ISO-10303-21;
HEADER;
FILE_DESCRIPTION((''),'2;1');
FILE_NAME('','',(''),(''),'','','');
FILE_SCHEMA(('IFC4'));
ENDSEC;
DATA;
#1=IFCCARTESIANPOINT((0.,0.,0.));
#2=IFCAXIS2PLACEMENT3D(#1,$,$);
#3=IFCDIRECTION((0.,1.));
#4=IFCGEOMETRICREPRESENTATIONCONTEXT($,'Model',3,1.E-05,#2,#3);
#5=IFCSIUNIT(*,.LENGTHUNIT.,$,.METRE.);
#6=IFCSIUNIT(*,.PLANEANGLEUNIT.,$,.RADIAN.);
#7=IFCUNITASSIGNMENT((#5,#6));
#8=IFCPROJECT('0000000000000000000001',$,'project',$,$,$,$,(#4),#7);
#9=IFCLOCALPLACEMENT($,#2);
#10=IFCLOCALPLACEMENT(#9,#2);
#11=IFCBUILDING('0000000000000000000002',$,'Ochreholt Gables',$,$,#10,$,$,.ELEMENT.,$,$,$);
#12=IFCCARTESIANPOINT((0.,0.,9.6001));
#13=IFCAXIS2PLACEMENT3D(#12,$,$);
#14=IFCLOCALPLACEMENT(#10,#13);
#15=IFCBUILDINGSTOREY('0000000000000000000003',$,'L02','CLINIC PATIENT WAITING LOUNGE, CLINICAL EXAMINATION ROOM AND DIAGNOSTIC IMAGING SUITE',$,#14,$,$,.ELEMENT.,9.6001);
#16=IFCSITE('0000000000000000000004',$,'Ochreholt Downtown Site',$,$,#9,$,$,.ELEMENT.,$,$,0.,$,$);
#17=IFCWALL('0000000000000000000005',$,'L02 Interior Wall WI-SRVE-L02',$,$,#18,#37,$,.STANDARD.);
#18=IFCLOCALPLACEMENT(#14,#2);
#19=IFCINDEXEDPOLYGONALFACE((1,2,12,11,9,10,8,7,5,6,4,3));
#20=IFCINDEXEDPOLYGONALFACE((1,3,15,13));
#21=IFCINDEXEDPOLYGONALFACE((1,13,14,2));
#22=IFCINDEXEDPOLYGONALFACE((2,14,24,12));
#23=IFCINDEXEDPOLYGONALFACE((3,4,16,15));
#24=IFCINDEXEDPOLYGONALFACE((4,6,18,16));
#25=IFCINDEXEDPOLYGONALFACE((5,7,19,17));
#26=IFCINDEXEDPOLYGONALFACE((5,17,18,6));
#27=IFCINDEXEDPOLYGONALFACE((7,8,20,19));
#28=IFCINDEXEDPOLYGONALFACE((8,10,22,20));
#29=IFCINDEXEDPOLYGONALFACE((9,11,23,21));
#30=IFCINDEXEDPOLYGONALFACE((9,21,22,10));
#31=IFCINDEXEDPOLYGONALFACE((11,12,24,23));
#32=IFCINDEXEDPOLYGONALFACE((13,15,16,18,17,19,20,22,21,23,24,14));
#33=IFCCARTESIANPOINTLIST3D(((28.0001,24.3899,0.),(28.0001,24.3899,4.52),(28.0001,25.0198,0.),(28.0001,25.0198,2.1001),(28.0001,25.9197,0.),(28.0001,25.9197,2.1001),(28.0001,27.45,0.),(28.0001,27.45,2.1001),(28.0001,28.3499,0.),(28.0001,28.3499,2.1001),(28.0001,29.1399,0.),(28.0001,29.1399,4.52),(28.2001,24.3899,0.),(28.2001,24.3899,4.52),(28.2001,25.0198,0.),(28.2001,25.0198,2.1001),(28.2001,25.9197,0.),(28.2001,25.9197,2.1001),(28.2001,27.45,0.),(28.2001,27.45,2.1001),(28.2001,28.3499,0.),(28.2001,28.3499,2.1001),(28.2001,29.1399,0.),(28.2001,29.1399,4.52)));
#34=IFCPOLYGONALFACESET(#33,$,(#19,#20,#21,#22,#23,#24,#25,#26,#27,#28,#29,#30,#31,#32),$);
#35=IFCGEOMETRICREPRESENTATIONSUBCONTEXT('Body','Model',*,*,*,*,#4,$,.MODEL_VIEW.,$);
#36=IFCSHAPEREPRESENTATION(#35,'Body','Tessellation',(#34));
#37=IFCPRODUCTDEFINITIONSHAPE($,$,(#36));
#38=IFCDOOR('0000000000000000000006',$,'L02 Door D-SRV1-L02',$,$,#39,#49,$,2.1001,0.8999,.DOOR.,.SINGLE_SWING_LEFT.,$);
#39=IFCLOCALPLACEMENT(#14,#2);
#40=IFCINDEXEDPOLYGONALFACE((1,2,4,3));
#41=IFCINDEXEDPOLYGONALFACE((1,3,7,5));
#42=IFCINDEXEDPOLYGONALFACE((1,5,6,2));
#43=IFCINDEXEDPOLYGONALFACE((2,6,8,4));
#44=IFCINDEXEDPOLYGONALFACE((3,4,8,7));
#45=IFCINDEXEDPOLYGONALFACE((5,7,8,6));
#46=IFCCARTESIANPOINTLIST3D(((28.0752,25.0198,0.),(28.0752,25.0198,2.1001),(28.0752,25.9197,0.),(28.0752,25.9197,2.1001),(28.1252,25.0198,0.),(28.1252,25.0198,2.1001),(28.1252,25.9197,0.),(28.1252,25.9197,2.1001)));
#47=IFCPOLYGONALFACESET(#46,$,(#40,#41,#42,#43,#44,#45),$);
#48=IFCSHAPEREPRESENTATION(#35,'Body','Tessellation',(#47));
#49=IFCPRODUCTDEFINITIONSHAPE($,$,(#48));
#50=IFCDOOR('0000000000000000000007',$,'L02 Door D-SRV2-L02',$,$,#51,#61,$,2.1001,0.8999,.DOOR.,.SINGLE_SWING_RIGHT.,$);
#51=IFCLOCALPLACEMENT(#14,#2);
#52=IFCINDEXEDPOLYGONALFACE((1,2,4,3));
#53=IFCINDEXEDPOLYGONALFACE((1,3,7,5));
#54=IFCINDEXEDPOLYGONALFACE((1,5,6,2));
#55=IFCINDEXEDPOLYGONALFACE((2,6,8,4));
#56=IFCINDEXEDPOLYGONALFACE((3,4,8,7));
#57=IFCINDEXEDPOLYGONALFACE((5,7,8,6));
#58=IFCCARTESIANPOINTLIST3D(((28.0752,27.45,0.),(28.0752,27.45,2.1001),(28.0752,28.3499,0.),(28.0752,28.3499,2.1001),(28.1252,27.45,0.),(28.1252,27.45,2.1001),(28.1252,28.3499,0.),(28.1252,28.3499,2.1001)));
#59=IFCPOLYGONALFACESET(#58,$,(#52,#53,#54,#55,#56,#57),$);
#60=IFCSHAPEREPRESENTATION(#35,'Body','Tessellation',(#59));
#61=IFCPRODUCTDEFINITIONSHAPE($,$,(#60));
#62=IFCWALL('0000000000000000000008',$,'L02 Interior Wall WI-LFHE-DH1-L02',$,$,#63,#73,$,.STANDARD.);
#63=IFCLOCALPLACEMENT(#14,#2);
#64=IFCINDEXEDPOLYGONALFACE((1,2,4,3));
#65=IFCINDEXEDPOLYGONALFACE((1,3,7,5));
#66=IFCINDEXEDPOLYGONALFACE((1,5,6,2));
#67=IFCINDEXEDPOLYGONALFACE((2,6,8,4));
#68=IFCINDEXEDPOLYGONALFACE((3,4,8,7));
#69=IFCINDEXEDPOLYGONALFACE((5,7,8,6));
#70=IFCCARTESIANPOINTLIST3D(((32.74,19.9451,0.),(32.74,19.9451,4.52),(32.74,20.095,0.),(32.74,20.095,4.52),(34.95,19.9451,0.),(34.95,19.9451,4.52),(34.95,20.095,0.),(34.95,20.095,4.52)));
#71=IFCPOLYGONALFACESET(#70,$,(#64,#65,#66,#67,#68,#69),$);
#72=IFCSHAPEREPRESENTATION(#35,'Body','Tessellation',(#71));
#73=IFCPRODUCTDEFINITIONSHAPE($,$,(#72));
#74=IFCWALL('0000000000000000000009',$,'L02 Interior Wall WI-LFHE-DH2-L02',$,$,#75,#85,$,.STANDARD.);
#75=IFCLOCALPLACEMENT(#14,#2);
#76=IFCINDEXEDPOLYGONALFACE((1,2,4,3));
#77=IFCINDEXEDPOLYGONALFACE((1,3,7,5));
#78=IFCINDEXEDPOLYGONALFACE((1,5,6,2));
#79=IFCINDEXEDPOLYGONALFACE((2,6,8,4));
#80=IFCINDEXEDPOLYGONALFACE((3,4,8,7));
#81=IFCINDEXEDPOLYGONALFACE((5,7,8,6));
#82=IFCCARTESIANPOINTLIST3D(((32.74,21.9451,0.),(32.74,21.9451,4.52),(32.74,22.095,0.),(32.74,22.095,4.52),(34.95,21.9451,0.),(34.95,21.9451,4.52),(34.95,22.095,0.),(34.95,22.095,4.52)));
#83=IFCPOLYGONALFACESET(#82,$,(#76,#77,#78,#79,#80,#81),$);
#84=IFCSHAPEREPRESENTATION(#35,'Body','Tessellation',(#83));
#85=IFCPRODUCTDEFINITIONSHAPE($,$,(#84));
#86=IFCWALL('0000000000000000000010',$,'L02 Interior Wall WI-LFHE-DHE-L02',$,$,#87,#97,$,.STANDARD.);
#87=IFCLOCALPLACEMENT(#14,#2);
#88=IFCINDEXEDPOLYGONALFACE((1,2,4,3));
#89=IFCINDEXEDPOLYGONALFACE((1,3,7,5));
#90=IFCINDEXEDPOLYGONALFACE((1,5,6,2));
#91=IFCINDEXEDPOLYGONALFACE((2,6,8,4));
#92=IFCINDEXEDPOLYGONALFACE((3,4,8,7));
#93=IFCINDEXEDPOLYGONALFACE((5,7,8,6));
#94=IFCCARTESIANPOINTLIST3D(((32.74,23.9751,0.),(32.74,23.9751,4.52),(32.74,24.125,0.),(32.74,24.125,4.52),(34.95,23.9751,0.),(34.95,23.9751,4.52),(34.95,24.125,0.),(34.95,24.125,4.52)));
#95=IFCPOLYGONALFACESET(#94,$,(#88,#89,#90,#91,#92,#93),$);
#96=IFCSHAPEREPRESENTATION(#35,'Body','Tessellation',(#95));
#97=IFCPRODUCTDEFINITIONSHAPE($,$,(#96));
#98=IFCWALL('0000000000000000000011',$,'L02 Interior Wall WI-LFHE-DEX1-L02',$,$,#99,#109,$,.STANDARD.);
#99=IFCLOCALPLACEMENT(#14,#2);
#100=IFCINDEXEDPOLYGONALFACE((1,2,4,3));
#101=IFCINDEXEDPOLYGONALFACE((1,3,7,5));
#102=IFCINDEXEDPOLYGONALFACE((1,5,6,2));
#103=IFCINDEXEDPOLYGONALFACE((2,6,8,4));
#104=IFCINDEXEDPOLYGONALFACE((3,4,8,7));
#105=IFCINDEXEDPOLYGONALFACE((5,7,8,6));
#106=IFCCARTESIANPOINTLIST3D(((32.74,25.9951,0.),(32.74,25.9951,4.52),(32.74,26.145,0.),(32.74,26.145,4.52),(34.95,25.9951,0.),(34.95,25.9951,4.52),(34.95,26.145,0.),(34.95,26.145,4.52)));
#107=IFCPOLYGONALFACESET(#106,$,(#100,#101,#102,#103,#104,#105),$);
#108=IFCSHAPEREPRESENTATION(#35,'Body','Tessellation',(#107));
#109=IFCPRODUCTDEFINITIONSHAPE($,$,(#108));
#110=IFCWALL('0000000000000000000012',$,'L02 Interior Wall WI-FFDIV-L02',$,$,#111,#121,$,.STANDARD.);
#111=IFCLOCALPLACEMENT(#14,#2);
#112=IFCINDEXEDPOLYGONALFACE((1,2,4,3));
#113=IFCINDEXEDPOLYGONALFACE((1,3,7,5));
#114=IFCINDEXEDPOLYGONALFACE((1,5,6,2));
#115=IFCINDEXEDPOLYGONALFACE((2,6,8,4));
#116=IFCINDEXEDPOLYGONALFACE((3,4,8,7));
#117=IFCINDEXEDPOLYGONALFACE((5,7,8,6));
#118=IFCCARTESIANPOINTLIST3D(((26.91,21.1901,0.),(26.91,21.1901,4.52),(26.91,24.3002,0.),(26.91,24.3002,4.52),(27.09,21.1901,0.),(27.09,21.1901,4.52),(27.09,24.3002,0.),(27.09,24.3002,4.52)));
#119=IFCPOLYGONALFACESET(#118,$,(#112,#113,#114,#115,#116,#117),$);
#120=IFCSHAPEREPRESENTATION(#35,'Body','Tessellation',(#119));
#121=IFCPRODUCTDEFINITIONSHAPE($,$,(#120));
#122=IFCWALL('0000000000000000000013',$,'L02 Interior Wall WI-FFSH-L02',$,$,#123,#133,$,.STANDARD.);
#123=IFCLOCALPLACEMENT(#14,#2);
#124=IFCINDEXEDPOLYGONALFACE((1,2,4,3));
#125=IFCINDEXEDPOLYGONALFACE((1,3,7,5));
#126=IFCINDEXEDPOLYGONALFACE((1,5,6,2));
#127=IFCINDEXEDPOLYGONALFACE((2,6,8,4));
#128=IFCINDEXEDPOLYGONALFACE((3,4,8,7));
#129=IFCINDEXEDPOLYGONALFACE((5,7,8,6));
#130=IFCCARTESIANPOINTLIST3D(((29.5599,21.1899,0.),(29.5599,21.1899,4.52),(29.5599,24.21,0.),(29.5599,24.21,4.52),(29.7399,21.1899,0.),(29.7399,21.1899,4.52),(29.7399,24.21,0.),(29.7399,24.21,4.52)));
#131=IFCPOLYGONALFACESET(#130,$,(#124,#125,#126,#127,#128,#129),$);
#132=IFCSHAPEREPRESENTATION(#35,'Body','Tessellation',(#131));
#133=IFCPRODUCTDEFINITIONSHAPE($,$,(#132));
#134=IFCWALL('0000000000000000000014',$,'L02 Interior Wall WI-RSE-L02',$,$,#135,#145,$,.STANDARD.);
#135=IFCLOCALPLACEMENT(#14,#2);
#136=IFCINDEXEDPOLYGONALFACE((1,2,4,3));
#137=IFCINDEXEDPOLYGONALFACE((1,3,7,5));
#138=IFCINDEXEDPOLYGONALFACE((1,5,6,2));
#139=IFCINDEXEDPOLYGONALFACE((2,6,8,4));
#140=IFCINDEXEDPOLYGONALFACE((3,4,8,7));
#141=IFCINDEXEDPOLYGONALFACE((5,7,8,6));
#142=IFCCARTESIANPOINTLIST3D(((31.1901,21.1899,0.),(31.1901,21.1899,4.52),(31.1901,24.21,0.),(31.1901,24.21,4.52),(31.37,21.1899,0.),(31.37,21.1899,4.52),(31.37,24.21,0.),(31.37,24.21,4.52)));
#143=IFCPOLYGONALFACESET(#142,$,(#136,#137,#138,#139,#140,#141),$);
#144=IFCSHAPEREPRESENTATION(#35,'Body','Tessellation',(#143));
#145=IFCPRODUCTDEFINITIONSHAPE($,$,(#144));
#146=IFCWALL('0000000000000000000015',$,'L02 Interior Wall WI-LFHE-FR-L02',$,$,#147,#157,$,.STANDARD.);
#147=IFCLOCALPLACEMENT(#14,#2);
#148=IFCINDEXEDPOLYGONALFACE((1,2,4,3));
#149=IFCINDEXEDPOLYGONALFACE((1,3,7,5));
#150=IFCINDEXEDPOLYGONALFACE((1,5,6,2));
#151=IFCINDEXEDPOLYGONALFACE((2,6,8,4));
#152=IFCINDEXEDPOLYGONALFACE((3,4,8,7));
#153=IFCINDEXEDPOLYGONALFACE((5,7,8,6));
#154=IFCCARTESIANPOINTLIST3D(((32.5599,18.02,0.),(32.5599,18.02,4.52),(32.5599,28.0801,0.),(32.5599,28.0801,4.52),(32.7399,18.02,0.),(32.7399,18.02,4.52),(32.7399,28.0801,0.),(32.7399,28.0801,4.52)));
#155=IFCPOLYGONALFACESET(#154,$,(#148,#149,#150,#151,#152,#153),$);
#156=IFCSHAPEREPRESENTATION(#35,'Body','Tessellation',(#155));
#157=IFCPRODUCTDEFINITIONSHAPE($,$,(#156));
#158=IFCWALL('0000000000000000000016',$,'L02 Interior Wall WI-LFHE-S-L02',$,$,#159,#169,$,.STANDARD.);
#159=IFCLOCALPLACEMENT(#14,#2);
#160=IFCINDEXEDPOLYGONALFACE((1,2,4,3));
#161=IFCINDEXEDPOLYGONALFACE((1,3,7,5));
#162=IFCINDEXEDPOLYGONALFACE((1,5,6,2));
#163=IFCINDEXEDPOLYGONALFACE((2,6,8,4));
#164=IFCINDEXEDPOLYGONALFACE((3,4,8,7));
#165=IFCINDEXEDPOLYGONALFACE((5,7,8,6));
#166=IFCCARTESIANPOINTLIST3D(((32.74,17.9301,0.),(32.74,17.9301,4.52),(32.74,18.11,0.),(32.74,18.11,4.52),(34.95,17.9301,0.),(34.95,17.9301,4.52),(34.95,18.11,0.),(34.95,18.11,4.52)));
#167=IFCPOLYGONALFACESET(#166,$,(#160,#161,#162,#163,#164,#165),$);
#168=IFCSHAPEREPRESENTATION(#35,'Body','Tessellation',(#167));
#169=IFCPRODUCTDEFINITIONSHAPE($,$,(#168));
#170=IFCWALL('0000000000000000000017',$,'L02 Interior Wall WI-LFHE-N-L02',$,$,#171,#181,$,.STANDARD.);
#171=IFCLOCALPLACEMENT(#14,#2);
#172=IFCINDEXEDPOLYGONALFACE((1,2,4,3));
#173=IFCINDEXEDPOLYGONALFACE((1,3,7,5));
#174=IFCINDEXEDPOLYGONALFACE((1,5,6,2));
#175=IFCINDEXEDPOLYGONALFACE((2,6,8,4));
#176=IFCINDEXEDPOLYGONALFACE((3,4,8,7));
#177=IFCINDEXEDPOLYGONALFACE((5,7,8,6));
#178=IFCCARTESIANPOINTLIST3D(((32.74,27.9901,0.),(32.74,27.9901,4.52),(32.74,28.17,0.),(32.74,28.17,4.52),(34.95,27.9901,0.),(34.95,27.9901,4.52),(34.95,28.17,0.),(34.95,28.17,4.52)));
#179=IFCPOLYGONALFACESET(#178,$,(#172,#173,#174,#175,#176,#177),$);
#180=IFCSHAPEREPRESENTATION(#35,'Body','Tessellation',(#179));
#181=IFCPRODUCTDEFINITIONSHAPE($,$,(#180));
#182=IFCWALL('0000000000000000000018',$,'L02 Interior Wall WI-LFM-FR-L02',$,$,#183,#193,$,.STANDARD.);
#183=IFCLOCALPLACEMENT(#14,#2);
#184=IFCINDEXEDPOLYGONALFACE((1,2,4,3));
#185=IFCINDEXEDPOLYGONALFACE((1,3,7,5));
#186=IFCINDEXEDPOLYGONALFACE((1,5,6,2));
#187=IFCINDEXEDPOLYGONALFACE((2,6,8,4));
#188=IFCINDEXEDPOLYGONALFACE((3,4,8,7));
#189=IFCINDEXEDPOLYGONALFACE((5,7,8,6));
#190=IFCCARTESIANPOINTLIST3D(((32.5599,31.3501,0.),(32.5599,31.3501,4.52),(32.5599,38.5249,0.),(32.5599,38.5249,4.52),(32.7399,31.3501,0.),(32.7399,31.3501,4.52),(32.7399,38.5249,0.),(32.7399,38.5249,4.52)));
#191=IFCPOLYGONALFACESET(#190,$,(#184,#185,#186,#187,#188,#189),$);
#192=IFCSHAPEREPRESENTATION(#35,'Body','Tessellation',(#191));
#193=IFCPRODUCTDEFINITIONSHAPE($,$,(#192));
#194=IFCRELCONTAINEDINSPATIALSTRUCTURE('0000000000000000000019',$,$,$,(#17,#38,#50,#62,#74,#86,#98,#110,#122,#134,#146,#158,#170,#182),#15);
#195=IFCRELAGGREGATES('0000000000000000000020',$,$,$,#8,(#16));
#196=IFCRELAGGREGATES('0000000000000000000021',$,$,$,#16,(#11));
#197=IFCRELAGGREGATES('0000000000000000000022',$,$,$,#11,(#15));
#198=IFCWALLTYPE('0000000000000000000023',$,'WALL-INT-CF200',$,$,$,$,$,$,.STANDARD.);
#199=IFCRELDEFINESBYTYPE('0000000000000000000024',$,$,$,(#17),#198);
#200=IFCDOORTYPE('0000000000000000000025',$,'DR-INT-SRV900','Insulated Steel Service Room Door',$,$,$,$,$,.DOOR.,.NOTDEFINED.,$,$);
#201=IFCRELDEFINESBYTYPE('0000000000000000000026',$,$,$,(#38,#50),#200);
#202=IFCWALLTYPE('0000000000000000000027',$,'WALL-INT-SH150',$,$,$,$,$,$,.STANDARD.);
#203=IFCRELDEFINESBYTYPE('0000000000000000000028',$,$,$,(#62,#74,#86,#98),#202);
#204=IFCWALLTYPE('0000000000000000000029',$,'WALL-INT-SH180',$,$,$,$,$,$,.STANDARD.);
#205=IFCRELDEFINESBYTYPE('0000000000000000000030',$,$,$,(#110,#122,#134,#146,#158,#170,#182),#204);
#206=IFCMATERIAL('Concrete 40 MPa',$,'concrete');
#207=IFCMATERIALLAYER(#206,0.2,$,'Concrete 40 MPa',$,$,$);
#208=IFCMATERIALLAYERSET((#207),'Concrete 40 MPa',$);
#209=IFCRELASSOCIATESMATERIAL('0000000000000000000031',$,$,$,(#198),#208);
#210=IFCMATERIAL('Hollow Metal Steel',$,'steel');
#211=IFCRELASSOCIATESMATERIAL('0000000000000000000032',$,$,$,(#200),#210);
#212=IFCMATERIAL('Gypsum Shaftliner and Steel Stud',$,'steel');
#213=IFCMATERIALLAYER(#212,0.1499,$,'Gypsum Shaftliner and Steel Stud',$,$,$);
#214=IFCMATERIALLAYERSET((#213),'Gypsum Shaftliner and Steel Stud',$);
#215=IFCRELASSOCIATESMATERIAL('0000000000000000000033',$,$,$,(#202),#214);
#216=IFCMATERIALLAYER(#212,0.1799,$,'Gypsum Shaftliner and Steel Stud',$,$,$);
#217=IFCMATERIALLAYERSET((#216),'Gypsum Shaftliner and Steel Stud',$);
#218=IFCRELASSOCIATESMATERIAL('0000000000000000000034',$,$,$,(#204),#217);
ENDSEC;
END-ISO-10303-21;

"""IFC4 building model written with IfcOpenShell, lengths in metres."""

from ifc_helpers import new_model, si_unit, direction, frame, frame_2d, origin, place, context, subcontext, project, spatial, rectangle, extrude, material, layer, layer_set, type_object, element, fill, save


model = new_model("IFC4")

# Units and contexts
model_context = context("Model", 3, precision=1e-05, world=origin(), true_north=direction((0.0, 1.0)))
body_context = subcontext(model_context, "Body", "Model", "MODEL_VIEW")
ifc_project = project(units=[si_unit("LENGTHUNIT", "METRE"), si_unit("PLANEANGLEUNIT", "RADIAN")], contexts=[model_context])

# Site, building, storey
site_placement = place(None, origin())
site = spatial("IfcSite", under=ifc_project, at=site_placement, Name="Ochreholt Downtown Site", CompositionType="ELEMENT", RefElevation=0.0)
building_placement = place(site_placement, origin())
building = spatial("IfcBuilding", under=site, at=building_placement, Name="Ochreholt Gables", CompositionType="ELEMENT")
storey_placement = place(building_placement, frame((0.0, 0.0, 9.6001)))
storey = spatial("IfcBuildingStorey", under=building, at=storey_placement, Name="L02", Description="CLINIC PATIENT WAITING LOUNGE, CLINICAL EXAMINATION ROOM AND DIAGNOSTIC IMAGING SUITE", CompositionType="ELEMENT", Elevation=9.6001)

# Wall, openings, doors
ifc_material_1 = material(Name="Concrete 40 MPa", Category="concrete")
ifc_layer_1 = layer(ifc_material_1, 0.2, Name="Concrete 40 MPa")
ifc_layer_set_1 = layer_set([ifc_layer_1], Name="Concrete 40 MPa")
wall_type_1 = type_object("IfcWallType", Name="WALL-INT-CF200", PredefinedType="STANDARD", material=ifc_layer_set_1)
wall_1_placement = place(storey_placement, frame((28.1001, 24.3899, 0.0), z_axis=(0.0, 0.0, 1.0), x_axis=(0.0, 1.0, 0.0)))
wall_1 = element("IfcWall", 1, at=wall_1_placement, inside=storey, type_object=wall_type_1, Name="L02 Interior Wall WI-SRVE-L02", PredefinedType="STANDARD", context=body_context, shape_type="SweptSolid", body=[
    extrude(rectangle(XDim=4.75, YDim=0.2, at=frame_2d((2.375, 0.0))), origin(), (0.0, 0.0, 1.0), 4.52),
])
opening_1_placement = place(wall_1_placement, frame((0.6299, 0.0, 0.0)))
opening_1 = element("IfcOpeningElement", 2, at=opening_1_placement, cuts=wall_1, PredefinedType="OPENING", context=body_context, shape_type="SweptSolid", body=[
    extrude(rectangle(XDim=0.8999, YDim=2.1001, at=frame_2d((0.45, 1.05))), frame((0.0, 0.1099, 0.0), z_axis=(0.0, -1.0, 0.0), x_axis=(1.0, 0.0, 0.0)), (0.0, 0.0, 1.0), 0.22),
])
opening_2_placement = place(wall_1_placement, frame((3.0601, 0.0, 0.0)))
opening_2 = element("IfcOpeningElement", 3, at=opening_2_placement, cuts=wall_1, PredefinedType="OPENING", context=body_context, shape_type="SweptSolid", body=[
    extrude(rectangle(XDim=0.8999, YDim=2.1001, at=frame_2d((0.45, 1.05))), frame((0.0, 0.1099, 0.0), z_axis=(0.0, -1.0, 0.0), x_axis=(1.0, 0.0, 0.0)), (0.0, 0.0, 1.0), 0.22),
])
ifc_material_2 = material(Name="Hollow Metal Steel", Category="steel")
door_type_1 = type_object("IfcDoorType", Name="DR-INT-SRV900", Description="Insulated Steel Service Room Door", OperationType="NOTDEFINED", PredefinedType="DOOR", material=ifc_material_2)
door_1_placement = place(opening_1_placement, origin())
door_1 = element("IfcDoor", 4, at=door_1_placement, inside=storey, type_object=door_type_1, Name="L02 Door D-SRV1-L02", OperationType="SINGLE_SWING_LEFT", OverallHeight=2.1001, OverallWidth=0.8999, PredefinedType="DOOR", context=body_context, shape_type="SweptSolid", body=[
    extrude(rectangle(XDim=0.8999, YDim=2.1001, at=frame_2d((0.45, 1.05))), frame((0.0, 0.0249, 0.0), z_axis=(0.0, -1.0, 0.0), x_axis=(1.0, 0.0, 0.0)), (0.0, 0.0, 1.0), 0.05),
])
fill(opening_1, door_1)
door_2_placement = place(opening_2_placement, origin())
door_2 = element("IfcDoor", 5, at=door_2_placement, inside=storey, type_object=door_type_1, Name="L02 Door D-SRV2-L02", OperationType="SINGLE_SWING_RIGHT", OverallHeight=2.1001, OverallWidth=0.8999, PredefinedType="DOOR", context=body_context, shape_type="SweptSolid", body=[
    extrude(rectangle(XDim=0.8999, YDim=2.1001, at=frame_2d((0.45, 1.05))), frame((0.0, 0.0249, 0.0), z_axis=(0.0, -1.0, 0.0), x_axis=(1.0, 0.0, 0.0)), (0.0, 0.0, 1.0), 0.05),
])
fill(opening_2, door_2)

# Walls
ifc_material_3 = material(Name="Gypsum Shaftliner and Steel Stud", Category="steel")
ifc_layer_2 = layer(ifc_material_3, 0.1499, Name="Gypsum Shaftliner and Steel Stud")
ifc_layer_set_2 = layer_set([ifc_layer_2], Name="Gypsum Shaftliner and Steel Stud")
wall_type_2 = type_object("IfcWallType", Name="WALL-INT-SH150", PredefinedType="STANDARD", material=ifc_layer_set_2)
for number, where, z_axis, x_axis, name in (
    (6, (32.74, 20.02, 0.0), (0.0, 0.0, 1.0), (1.0, 0.0, 0.0), "L02 Interior Wall WI-LFHE-DH1-L02"),
    (7, (32.74, 22.02, 0.0), (0.0, 0.0, 1.0), (1.0, 0.0, 0.0), "L02 Interior Wall WI-LFHE-DH2-L02"),
    (8, (32.74, 24.05, 0.0), (0.0, 0.0, 1.0), (1.0, 0.0, 0.0), "L02 Interior Wall WI-LFHE-DHE-L02"),
    (9, (32.74, 26.0701, 0.0), (0.0, 0.0, 1.0), (1.0, 0.0, 0.0), "L02 Interior Wall WI-LFHE-DEX1-L02"),
):
    element("IfcWall", number, at=place(storey_placement, frame(where, z_axis=z_axis, x_axis=x_axis)), inside=storey, type_object=wall_type_2, Name=name, PredefinedType="STANDARD", context=body_context, shape_type="SweptSolid", body=[
        extrude(rectangle(XDim=2.21, YDim=0.1499, at=frame_2d((1.105, 0.0))), origin(), (0.0, 0.0, 1.0), 4.52),
    ])
ifc_layer_3 = layer(ifc_material_3, 0.1799, Name="Gypsum Shaftliner and Steel Stud")
ifc_layer_set_3 = layer_set([ifc_layer_3], Name="Gypsum Shaftliner and Steel Stud")
wall_type_3 = type_object("IfcWallType", Name="WALL-INT-SH180", PredefinedType="STANDARD", material=ifc_layer_set_3)
wall_2_placement = place(storey_placement, frame((27.0, 21.1899, 0.0), z_axis=(0.0, 0.0, 1.0), x_axis=(0.0, 1.0, 0.0)))
element("IfcWall", 10, at=wall_2_placement, inside=storey, type_object=wall_type_3, Name="L02 Interior Wall WI-FFDIV-L02", PredefinedType="STANDARD", context=body_context, shape_type="SweptSolid", body=[
    extrude(rectangle(XDim=3.1101, YDim=0.1799, at=frame_2d((1.5552, 0.0))), origin(), (0.0, 0.0, 1.0), 4.52),
])
for number, where, z_axis, x_axis, name in (
    (11, (29.6499, 21.1899, 0.0), (0.0, 0.0, 1.0), (0.0, 1.0, 0.0), "L02 Interior Wall WI-FFSH-L02"),
    (12, (31.28, 21.1899, 0.0), (0.0, 0.0, 1.0), (0.0, 1.0, 0.0), "L02 Interior Wall WI-RSE-L02"),
):
    element("IfcWall", number, at=place(storey_placement, frame(where, z_axis=z_axis, x_axis=x_axis)), inside=storey, type_object=wall_type_3, Name=name, PredefinedType="STANDARD", context=body_context, shape_type="SweptSolid", body=[
        extrude(rectangle(XDim=3.02, YDim=0.1799, at=frame_2d((1.51, 0.0))), origin(), (0.0, 0.0, 1.0), 4.52),
    ])
wall_3_placement = place(storey_placement, frame((32.6499, 18.02, 0.0), z_axis=(0.0, 0.0, 1.0), x_axis=(0.0, 1.0, 0.0)))
element("IfcWall", 13, at=wall_3_placement, inside=storey, type_object=wall_type_3, Name="L02 Interior Wall WI-LFHE-FR-L02", PredefinedType="STANDARD", context=body_context, shape_type="SweptSolid", body=[
    extrude(rectangle(XDim=10.0601, YDim=0.1799, at=frame_2d((5.03, 0.0))), origin(), (0.0, 0.0, 1.0), 4.52),
])
for number, where, z_axis, x_axis, name in (
    (14, (32.74, 18.02, 0.0), (0.0, 0.0, 1.0), (1.0, 0.0, 0.0), "L02 Interior Wall WI-LFHE-S-L02"),
    (15, (32.74, 28.0801, 0.0), (0.0, 0.0, 1.0), (1.0, 0.0, 0.0), "L02 Interior Wall WI-LFHE-N-L02"),
):
    element("IfcWall", number, at=place(storey_placement, frame(where, z_axis=z_axis, x_axis=x_axis)), inside=storey, type_object=wall_type_3, Name=name, PredefinedType="STANDARD", context=body_context, shape_type="SweptSolid", body=[
        extrude(rectangle(XDim=2.21, YDim=0.1799, at=frame_2d((1.105, 0.0))), origin(), (0.0, 0.0, 1.0), 4.52),
    ])
wall_4_placement = place(storey_placement, frame((32.6499, 31.3501, 0.0), z_axis=(0.0, 0.0, 1.0), x_axis=(0.0, 1.0, 0.0)))
element("IfcWall", 16, at=wall_4_placement, inside=storey, type_object=wall_type_3, Name="L02 Interior Wall WI-LFM-FR-L02", PredefinedType="STANDARD", context=body_context, shape_type="SweptSolid", body=[
    extrude(rectangle(XDim=7.1748, YDim=0.1799, at=frame_2d((3.5874, 0.0))), origin(), (0.0, 0.0, 1.0), 4.52),
])

save(model, "model.ifc")
